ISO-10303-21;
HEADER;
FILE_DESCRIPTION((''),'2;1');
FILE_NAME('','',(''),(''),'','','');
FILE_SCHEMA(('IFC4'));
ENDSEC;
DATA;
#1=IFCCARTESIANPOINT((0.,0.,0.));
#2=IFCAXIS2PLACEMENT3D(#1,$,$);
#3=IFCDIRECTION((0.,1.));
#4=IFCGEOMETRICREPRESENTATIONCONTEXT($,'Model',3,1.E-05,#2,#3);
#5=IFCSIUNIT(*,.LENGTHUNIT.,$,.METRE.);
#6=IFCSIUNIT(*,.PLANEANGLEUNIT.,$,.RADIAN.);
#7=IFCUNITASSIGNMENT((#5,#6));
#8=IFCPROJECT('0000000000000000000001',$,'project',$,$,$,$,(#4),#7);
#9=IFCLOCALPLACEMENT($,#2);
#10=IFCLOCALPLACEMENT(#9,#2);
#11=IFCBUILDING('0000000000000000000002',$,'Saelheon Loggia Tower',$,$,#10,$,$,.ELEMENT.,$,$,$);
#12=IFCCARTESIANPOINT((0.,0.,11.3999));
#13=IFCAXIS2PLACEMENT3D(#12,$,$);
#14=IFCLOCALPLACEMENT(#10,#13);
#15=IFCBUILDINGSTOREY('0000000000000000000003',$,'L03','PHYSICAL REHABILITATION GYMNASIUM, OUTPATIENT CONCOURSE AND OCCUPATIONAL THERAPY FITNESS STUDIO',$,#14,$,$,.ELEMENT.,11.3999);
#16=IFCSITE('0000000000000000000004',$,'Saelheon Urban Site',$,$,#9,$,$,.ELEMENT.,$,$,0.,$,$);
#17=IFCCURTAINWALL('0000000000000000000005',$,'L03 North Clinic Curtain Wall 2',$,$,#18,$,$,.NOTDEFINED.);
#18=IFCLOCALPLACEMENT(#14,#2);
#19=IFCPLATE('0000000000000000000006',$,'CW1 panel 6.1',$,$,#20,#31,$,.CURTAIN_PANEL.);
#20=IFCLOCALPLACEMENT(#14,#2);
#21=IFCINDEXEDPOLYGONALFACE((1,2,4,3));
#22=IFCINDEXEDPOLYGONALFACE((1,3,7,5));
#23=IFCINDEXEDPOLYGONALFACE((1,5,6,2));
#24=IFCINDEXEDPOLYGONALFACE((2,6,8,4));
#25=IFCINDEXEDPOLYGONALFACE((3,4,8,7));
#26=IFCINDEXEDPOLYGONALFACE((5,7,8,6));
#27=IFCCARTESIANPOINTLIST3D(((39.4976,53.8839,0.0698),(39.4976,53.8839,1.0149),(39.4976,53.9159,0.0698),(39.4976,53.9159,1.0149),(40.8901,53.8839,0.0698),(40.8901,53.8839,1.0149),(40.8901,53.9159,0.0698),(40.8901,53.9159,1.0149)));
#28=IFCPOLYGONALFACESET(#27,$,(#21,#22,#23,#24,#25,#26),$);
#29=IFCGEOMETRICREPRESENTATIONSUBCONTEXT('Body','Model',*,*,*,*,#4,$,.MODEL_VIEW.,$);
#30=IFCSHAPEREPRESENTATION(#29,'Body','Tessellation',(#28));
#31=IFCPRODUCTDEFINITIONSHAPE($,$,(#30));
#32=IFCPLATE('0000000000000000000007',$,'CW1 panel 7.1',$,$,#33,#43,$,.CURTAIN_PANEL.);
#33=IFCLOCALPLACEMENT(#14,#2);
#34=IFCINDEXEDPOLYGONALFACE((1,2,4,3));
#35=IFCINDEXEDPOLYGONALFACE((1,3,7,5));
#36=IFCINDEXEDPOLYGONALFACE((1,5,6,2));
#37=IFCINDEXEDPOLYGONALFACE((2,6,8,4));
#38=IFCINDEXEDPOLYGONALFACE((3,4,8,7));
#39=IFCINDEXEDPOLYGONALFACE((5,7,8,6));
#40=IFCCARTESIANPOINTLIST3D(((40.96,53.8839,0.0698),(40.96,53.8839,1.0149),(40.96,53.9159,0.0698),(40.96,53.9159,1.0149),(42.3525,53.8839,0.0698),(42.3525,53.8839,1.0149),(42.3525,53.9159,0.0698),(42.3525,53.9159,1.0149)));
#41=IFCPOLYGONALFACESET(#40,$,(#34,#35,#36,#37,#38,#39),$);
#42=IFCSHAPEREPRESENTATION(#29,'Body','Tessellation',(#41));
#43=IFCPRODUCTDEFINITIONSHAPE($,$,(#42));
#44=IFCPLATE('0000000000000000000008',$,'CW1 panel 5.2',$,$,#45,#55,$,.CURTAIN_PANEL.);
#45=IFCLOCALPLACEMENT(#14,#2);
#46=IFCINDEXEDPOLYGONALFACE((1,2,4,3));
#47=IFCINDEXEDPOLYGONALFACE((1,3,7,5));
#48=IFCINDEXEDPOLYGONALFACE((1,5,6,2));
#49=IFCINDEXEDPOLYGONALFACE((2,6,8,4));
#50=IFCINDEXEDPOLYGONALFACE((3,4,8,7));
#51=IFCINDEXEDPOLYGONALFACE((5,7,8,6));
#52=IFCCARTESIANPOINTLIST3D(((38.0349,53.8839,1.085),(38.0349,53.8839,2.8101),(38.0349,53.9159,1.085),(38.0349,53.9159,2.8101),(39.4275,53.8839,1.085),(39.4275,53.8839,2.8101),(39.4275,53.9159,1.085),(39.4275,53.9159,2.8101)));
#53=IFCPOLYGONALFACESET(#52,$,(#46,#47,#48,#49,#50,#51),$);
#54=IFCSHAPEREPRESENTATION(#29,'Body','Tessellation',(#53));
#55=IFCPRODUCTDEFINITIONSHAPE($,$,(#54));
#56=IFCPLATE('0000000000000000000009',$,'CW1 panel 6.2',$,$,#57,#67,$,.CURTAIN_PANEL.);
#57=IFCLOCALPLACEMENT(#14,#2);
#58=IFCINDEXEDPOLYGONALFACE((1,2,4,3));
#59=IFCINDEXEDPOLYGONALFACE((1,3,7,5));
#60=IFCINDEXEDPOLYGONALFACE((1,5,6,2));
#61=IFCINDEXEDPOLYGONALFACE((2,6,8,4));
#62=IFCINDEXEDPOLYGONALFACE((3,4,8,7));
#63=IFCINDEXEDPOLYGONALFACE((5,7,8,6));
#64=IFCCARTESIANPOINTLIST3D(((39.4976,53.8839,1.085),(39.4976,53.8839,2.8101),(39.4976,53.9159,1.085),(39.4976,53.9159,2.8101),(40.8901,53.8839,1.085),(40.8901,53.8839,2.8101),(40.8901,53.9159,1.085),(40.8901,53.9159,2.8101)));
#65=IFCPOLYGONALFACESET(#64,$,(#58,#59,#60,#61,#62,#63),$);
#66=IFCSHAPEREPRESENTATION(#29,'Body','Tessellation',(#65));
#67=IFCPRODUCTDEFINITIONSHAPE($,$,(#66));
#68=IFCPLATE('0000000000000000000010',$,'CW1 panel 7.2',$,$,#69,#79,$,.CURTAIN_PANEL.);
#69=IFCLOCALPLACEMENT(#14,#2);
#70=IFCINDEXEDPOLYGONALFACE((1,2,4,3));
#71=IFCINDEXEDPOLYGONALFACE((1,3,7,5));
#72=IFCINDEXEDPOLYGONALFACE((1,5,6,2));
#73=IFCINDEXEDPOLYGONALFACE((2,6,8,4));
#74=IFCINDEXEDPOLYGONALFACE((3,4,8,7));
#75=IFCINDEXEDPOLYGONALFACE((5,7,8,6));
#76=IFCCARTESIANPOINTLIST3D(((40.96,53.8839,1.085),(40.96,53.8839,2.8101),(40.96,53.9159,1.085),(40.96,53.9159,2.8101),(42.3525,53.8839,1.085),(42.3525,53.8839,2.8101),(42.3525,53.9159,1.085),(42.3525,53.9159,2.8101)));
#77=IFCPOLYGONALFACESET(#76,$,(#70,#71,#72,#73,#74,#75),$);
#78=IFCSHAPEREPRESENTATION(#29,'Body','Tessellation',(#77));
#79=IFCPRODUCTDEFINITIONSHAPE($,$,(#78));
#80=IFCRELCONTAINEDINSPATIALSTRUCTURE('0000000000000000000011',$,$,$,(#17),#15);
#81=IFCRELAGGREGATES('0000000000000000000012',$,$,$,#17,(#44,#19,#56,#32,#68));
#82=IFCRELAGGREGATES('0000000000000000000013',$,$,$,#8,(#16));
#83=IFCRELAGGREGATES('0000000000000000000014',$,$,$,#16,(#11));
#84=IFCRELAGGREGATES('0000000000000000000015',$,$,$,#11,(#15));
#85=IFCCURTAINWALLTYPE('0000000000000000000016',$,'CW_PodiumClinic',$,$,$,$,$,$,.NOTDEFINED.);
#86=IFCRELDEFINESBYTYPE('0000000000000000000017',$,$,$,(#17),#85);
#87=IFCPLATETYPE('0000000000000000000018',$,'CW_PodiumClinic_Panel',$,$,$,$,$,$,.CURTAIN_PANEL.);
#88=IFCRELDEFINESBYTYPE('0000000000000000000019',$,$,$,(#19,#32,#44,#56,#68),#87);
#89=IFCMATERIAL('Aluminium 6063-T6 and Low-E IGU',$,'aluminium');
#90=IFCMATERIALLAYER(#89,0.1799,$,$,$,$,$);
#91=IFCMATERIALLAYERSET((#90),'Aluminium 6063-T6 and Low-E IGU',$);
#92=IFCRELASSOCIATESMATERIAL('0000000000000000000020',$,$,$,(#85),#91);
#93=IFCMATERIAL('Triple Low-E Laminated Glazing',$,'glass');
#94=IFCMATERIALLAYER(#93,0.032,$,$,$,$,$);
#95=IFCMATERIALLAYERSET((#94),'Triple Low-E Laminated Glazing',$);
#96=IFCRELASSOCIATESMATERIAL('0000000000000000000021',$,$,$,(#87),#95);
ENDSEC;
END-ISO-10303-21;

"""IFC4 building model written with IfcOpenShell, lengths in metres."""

from ifc_helpers import new_model, si_unit, direction, frame, origin, origin_2d, place, context, subcontext, project, spatial, rectangle, extrude, source, transform, mapped, material, layer, layer_set, type_object, element, aggregate, save


model = new_model("IFC4")

# Units and contexts
model_context = context("Model", 3, precision=1e-05, world=origin(), true_north=direction((0.0, 1.0)))
body_context = subcontext(model_context, "Body", "Model", "MODEL_VIEW")
ifc_project = project(units=[si_unit("LENGTHUNIT", "METRE"), si_unit("PLANEANGLEUNIT", "RADIAN")], contexts=[model_context])

# Site, building, storey
site_placement = place(None, origin())
site = spatial("IfcSite", under=ifc_project, at=site_placement, Name="Saelheon Urban Site", CompositionType="ELEMENT", RefElevation=0.0)
building_placement = place(site_placement, origin())
building = spatial("IfcBuilding", under=site, at=building_placement, Name="Saelheon Loggia Tower", CompositionType="ELEMENT")
storey_placement = place(building_placement, frame((0.0, 0.0, 11.3999)))
storey = spatial("IfcBuildingStorey", under=building, at=storey_placement, Name="L03", Description="PHYSICAL REHABILITATION GYMNASIUM, OUTPATIENT CONCOURSE AND OCCUPATIONAL THERAPY FITNESS STUDIO", CompositionType="ELEMENT", Elevation=11.3999)

# Curtain wall
ifc_material_1 = material(Name="Aluminium 6063-T6 and Low-E IGU", Category="aluminium")
ifc_layer_1 = layer(ifc_material_1, 0.1799)
ifc_layer_set_1 = layer_set([ifc_layer_1], Name="Aluminium 6063-T6 and Low-E IGU")
curtain_wall_type = type_object("IfcCurtainWallType", Name="CW_PodiumClinic", PredefinedType="NOTDEFINED", material=ifc_layer_set_1)
curtain_wall_1_placement = place(storey_placement, origin())
curtain_wall_1 = element("IfcCurtainWall", 1, at=curtain_wall_1_placement, inside=storey, type_object=curtain_wall_type, Name="L03 North Clinic Curtain Wall 2", PredefinedType="NOTDEFINED")

# Plates
ifc_material_2 = material(Name="Triple Low-E Laminated Glazing", Category="glass")
ifc_layer_2 = layer(ifc_material_2, 0.032)
ifc_layer_set_2 = layer_set([ifc_layer_2], Name="Triple Low-E Laminated Glazing")
plate_type = type_object("IfcPlateType", Name="CW_PodiumClinic_Panel", PredefinedType="CURTAIN_PANEL", material=ifc_layer_set_2)
shared_shape_1 = source(origin(), body_context, "Body", "SweptSolid", [
    extrude(rectangle(XDim=1.3926, YDim=0.032, at=origin_2d()), origin(), (0.0, 0.0, 1.0), 0.9451),
])
plate_1_placement = place(storey_placement, frame((40.1938, 53.8999, 0.0698), z_axis=(0.0, 0.0, 1.0), x_axis=(1.0, 0.0, 0.0)))
plate_1 = element("IfcPlate", 2, at=plate_1_placement, type_object=plate_type, Name="CW1 panel 6.1", PredefinedType="CURTAIN_PANEL", context=body_context, shape_type="MappedRepresentation", body=[
    mapped(shared_shape_1, transform((0.0, 0.0, 0.0), scale=1.0)),
])
plate_2_placement = place(storey_placement, frame((41.6562, 53.8999, 0.0698), z_axis=(0.0, 0.0, 1.0), x_axis=(1.0, 0.0, 0.0)))
plate_2 = element("IfcPlate", 3, at=plate_2_placement, type_object=plate_type, Name="CW1 panel 7.1", PredefinedType="CURTAIN_PANEL", context=body_context, shape_type="MappedRepresentation", body=[
    mapped(shared_shape_1, transform((0.0, 0.0, 0.0), scale=1.0)),
])
shared_shape_2 = source(origin(), body_context, "Body", "SweptSolid", [
    extrude(rectangle(XDim=1.3926, YDim=0.032, at=origin_2d()), origin(), (0.0, 0.0, 1.0), 1.7251),
])
plate_3_placement = place(storey_placement, frame((38.7312, 53.8999, 1.085), z_axis=(0.0, 0.0, 1.0), x_axis=(1.0, 0.0, 0.0)))
plate_3 = element("IfcPlate", 4, at=plate_3_placement, type_object=plate_type, Name="CW1 panel 5.2", PredefinedType="CURTAIN_PANEL", context=body_context, shape_type="MappedRepresentation", body=[
    mapped(shared_shape_2, transform((0.0, 0.0, 0.0), scale=1.0)),
])
plate_4_placement = place(storey_placement, frame((40.1938, 53.8999, 1.085), z_axis=(0.0, 0.0, 1.0), x_axis=(1.0, 0.0, 0.0)))
plate_4 = element("IfcPlate", 5, at=plate_4_placement, type_object=plate_type, Name="CW1 panel 6.2", PredefinedType="CURTAIN_PANEL", context=body_context, shape_type="MappedRepresentation", body=[
    mapped(shared_shape_2, transform((0.0, 0.0, 0.0), scale=1.0)),
])
plate_5_placement = place(storey_placement, frame((41.6562, 53.8999, 1.085), z_axis=(0.0, 0.0, 1.0), x_axis=(1.0, 0.0, 0.0)))
plate_5 = element("IfcPlate", 6, at=plate_5_placement, type_object=plate_type, Name="CW1 panel 7.2", PredefinedType="CURTAIN_PANEL", context=body_context, shape_type="MappedRepresentation", body=[
    mapped(shared_shape_2, transform((0.0, 0.0, 0.0), scale=1.0)),
])
aggregate(curtain_wall_1, [plate_3, plate_1, plate_4, plate_2, plate_5])

save(model, "model.ifc")
